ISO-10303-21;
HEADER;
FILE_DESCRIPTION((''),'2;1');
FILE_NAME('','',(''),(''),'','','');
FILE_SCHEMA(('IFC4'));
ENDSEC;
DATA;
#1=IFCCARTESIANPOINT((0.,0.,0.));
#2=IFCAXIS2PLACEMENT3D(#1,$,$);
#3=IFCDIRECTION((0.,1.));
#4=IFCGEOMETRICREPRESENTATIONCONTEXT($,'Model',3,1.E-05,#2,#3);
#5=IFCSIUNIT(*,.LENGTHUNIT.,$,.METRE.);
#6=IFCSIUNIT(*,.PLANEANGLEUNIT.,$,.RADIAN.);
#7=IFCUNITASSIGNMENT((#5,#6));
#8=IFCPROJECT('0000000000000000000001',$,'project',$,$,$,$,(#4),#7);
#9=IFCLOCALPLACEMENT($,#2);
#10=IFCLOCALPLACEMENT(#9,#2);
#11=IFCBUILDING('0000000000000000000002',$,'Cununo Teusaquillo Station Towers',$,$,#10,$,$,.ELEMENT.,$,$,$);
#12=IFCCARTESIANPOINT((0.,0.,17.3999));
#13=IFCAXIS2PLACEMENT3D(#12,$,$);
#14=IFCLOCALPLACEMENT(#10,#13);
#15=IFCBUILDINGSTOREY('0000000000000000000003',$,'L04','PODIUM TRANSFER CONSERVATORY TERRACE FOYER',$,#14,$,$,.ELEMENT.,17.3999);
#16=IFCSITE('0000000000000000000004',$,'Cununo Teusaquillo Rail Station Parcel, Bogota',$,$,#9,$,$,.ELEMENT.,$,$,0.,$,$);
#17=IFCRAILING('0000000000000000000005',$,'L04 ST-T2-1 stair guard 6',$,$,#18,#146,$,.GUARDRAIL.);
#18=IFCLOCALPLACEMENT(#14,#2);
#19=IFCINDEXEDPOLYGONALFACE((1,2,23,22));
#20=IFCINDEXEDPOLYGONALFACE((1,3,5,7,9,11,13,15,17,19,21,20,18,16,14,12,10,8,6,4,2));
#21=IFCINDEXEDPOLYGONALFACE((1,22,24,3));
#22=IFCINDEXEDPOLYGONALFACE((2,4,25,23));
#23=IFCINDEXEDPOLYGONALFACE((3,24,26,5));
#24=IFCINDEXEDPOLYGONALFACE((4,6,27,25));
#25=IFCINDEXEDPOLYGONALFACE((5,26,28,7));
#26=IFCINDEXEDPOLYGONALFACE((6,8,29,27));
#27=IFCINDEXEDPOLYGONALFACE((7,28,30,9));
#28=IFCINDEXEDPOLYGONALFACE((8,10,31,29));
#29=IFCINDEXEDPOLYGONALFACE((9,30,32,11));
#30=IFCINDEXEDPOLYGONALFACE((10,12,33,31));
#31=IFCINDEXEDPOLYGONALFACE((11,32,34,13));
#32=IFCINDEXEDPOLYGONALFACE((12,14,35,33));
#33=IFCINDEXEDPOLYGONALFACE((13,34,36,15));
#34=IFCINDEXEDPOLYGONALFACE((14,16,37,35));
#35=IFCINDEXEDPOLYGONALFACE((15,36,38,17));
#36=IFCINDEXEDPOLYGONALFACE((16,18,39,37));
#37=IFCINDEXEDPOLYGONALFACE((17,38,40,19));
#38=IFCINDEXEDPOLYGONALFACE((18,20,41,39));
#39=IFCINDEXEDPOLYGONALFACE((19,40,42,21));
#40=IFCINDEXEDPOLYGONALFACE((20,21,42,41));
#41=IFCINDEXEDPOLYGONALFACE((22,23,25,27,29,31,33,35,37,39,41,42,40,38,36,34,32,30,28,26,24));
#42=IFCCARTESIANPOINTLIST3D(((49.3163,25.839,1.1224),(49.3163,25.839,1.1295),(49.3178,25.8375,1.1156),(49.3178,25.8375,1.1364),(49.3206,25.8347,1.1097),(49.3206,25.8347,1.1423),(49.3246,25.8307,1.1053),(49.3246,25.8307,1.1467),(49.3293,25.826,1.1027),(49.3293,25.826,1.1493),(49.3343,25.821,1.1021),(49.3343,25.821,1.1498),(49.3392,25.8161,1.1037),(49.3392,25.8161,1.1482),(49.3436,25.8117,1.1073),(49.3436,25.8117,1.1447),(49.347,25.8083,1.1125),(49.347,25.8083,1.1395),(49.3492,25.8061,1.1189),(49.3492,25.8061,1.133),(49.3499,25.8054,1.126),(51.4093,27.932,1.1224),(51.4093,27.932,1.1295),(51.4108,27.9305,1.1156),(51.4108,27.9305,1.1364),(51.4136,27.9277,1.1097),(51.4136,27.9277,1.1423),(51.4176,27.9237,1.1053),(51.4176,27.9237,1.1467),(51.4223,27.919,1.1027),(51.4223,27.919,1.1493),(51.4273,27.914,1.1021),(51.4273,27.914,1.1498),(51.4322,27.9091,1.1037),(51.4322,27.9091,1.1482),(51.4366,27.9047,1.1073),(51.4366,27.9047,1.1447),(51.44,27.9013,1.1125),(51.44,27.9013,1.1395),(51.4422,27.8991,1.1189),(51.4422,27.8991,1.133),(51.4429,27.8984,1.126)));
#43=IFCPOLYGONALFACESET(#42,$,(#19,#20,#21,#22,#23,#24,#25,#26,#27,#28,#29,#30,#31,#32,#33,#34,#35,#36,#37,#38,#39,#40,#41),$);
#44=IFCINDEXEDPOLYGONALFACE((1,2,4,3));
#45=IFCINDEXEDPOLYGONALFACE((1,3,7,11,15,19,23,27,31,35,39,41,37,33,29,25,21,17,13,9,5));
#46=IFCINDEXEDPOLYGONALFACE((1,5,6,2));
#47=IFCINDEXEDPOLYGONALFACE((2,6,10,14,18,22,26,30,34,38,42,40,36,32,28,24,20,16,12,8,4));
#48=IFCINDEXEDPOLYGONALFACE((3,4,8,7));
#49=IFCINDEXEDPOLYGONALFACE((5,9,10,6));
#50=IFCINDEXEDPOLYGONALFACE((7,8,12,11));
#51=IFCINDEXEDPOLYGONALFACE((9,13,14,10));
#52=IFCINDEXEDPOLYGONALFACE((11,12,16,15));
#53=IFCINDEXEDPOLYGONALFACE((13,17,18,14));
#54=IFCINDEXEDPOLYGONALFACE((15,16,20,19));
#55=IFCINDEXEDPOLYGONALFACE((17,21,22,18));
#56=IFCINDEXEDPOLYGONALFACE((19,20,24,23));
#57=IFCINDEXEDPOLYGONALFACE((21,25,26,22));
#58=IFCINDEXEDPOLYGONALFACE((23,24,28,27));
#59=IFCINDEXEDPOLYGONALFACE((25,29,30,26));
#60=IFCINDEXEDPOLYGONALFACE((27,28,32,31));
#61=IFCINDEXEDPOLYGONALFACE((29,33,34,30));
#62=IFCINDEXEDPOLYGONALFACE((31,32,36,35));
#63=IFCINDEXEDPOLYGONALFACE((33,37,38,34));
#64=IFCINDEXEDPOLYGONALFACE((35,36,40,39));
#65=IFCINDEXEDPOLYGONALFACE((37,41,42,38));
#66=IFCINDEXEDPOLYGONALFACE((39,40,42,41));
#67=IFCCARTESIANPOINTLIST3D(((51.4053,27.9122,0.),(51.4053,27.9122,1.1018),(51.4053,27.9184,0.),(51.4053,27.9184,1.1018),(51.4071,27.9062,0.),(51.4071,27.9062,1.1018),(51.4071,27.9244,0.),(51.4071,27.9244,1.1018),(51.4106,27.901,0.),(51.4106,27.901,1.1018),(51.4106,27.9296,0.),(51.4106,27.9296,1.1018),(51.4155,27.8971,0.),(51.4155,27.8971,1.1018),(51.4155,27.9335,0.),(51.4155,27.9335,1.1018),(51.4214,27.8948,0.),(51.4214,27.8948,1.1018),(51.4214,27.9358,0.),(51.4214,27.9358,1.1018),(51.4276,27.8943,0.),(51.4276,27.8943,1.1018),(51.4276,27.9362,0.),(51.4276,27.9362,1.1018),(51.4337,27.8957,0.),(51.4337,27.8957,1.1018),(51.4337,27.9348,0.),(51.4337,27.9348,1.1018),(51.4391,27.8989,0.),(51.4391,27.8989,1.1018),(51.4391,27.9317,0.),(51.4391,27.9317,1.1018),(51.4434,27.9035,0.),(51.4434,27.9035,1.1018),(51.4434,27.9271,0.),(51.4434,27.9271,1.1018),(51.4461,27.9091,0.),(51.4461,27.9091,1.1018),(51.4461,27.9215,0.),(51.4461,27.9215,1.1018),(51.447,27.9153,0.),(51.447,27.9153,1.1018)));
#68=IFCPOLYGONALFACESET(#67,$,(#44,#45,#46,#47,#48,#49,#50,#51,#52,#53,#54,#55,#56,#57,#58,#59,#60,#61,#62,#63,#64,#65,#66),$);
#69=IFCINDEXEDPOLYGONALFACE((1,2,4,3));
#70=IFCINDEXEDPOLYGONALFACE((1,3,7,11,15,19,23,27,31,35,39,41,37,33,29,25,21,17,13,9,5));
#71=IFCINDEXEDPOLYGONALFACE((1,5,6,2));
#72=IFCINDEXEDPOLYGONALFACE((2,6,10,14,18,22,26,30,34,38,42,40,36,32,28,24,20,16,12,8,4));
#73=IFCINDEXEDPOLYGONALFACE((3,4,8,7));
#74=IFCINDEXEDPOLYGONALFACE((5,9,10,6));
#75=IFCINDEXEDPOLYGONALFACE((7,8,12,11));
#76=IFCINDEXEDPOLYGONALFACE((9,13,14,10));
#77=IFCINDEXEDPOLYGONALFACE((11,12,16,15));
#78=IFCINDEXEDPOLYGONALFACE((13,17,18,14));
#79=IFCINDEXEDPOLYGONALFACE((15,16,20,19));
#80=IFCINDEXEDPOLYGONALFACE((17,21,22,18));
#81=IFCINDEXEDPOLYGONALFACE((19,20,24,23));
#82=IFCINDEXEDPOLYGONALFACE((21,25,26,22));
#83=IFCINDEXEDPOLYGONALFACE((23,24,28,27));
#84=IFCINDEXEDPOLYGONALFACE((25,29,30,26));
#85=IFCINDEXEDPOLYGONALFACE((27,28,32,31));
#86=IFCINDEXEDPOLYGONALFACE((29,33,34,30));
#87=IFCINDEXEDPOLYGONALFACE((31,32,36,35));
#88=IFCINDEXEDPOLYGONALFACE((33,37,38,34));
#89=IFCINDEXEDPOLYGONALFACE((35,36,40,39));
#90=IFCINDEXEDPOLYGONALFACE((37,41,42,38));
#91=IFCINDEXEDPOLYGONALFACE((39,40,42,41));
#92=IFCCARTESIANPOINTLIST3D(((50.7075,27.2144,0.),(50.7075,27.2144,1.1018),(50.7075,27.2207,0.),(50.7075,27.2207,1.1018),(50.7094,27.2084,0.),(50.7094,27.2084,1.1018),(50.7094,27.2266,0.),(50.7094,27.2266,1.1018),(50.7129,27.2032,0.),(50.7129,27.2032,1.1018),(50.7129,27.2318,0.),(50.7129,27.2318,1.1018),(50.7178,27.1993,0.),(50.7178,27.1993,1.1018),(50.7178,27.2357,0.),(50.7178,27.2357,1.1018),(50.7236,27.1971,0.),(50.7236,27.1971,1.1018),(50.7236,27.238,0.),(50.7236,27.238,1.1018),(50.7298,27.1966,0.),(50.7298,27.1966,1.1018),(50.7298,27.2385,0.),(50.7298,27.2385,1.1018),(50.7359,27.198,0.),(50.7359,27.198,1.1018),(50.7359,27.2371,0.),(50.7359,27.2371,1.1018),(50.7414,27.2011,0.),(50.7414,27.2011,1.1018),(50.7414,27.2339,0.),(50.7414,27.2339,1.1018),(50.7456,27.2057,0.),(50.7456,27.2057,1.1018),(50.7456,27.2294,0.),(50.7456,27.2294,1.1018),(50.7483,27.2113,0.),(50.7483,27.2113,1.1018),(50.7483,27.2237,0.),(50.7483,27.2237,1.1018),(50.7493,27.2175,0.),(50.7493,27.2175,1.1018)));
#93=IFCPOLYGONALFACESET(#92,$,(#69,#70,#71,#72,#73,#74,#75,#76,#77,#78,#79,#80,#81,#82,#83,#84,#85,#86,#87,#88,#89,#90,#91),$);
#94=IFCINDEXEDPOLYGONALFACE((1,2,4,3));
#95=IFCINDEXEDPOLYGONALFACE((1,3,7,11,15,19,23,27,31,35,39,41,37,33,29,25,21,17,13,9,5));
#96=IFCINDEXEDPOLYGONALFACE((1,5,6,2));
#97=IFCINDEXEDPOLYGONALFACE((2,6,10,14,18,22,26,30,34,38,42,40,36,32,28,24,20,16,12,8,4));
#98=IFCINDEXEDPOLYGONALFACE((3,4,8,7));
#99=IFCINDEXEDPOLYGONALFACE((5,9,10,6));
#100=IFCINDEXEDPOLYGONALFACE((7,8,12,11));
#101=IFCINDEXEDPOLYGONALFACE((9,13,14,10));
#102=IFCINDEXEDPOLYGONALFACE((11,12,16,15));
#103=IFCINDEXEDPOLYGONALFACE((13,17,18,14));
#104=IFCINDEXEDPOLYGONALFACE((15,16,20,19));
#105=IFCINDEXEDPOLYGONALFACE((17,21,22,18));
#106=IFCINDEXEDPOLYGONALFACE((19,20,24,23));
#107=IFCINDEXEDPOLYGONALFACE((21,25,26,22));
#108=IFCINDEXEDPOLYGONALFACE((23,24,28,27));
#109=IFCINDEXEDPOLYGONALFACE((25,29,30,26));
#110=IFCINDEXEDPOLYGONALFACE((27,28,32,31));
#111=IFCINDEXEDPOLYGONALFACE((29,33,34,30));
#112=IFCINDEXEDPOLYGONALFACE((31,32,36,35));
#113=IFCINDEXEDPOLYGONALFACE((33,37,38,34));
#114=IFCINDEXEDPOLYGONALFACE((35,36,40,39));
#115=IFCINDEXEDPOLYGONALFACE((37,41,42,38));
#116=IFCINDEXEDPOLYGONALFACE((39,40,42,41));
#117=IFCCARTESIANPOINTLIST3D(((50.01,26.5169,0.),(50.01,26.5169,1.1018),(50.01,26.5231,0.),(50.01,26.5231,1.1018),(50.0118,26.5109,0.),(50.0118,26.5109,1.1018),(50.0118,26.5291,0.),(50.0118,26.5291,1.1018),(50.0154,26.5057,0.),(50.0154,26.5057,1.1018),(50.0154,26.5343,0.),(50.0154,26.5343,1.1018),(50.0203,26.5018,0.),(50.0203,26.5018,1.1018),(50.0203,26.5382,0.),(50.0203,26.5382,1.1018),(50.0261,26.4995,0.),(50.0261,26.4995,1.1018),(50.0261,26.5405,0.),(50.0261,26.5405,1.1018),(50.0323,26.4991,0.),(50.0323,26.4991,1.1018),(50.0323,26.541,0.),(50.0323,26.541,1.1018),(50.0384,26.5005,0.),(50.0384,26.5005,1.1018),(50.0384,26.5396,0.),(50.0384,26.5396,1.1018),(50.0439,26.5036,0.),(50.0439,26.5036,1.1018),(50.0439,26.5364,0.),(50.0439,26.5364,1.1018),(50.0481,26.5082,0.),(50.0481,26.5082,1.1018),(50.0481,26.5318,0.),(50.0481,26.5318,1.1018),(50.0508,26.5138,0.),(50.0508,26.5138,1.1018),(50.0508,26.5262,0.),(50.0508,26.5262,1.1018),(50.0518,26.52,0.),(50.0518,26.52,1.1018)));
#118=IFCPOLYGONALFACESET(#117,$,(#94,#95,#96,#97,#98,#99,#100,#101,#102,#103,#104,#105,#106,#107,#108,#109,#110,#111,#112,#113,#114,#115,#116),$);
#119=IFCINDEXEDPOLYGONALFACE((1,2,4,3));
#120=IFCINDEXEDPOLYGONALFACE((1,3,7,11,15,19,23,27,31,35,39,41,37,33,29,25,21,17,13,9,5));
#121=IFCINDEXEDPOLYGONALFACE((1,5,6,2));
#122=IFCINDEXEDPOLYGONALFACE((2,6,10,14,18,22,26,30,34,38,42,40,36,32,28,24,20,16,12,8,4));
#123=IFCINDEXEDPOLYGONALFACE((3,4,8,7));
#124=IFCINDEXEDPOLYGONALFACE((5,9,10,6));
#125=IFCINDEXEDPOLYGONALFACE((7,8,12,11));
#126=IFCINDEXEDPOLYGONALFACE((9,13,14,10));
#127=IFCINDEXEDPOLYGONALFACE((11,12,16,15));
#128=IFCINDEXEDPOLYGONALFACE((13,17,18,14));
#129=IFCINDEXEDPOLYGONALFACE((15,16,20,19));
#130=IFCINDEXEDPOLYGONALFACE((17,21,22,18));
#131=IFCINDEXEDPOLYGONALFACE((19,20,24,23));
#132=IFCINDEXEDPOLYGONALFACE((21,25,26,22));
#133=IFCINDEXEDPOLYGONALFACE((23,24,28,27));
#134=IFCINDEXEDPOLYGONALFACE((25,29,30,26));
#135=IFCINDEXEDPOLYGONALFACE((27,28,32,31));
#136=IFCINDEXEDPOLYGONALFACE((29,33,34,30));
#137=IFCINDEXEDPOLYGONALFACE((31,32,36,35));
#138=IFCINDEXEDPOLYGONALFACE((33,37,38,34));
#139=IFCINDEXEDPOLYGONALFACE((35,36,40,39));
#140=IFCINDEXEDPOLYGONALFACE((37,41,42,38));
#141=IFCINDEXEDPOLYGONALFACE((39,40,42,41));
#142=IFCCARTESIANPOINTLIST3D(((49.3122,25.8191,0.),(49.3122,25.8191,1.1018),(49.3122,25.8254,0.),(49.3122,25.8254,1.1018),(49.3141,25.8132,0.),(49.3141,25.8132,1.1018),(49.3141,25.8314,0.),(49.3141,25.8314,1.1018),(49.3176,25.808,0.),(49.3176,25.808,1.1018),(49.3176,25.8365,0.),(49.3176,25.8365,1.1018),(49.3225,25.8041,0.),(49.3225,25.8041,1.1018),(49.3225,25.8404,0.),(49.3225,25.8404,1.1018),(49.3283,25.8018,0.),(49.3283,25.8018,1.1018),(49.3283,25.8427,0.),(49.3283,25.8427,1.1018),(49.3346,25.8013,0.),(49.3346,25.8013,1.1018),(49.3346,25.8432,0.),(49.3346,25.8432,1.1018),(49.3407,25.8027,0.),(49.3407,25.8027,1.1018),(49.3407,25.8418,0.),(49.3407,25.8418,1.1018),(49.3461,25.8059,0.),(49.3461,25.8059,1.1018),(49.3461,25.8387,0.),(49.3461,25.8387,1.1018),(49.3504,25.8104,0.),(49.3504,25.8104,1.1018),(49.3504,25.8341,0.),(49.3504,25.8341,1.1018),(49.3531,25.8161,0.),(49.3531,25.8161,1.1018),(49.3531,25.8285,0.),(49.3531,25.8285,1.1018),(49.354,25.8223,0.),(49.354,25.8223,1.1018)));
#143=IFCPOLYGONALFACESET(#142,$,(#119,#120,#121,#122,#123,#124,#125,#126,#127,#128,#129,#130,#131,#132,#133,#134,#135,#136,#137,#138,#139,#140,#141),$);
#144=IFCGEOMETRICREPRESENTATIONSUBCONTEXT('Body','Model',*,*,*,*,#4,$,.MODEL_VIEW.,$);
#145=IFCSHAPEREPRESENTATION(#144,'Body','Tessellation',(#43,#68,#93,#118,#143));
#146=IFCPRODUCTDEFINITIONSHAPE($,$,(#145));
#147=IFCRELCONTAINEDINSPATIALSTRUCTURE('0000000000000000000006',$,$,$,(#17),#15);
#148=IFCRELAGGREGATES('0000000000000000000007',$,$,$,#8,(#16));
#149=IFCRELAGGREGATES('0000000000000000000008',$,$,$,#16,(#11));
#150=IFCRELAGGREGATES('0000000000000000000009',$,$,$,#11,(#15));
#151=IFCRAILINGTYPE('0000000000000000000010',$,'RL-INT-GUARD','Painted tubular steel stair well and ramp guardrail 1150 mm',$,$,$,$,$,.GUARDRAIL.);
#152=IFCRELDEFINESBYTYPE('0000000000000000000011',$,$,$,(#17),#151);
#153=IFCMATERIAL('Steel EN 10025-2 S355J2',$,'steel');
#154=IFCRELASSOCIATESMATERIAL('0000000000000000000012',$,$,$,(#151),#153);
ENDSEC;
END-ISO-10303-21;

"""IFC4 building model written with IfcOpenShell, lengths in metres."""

from ifc_helpers import new_model, si_unit, direction, frame, origin, origin_2d, place, context, subcontext, project, spatial, circle, extrude, material, type_object, element, save


model = new_model("IFC4")

# Units and contexts
model_context = context("Model", 3, precision=1e-05, world=origin(), true_north=direction((0.0, 1.0)))
body_context = subcontext(model_context, "Body", "Model", "MODEL_VIEW")
ifc_project = project(units=[si_unit("LENGTHUNIT", "METRE"), si_unit("PLANEANGLEUNIT", "RADIAN")], contexts=[model_context])

# Site, building, storey
site_placement = place(None, origin())
site = spatial("IfcSite", under=ifc_project, at=site_placement, Name="Cununo Teusaquillo Rail Station Parcel, Bogota", CompositionType="ELEMENT", RefElevation=0.0)
building_placement = place(site_placement, origin())
building = spatial("IfcBuilding", under=site, at=building_placement, Name="Cununo Teusaquillo Station Towers", CompositionType="ELEMENT")
storey_placement = place(building_placement, frame((0.0, 0.0, 17.3999)))
storey = spatial("IfcBuildingStorey", under=building, at=storey_placement, Name="L04", Description="PODIUM TRANSFER CONSERVATORY TERRACE FOYER", CompositionType="ELEMENT", Elevation=17.3999)

# Railing
ifc_material_1 = material(Name="Steel EN 10025-2 S355J2", Category="steel")
railing_type = type_object("IfcRailingType", Name="RL-INT-GUARD", Description="Painted tubular steel stair well and ramp guardrail 1150 mm", PredefinedType="GUARDRAIL", material=ifc_material_1)
railing_1_placement = place(storey_placement, frame((51.426, 27.9153, 0.0)))
element("IfcRailing", 1, at=railing_1_placement, inside=storey, type_object=railing_type, Name="L04 ST-T2-1 stair guard 6", PredefinedType="GUARDRAIL", context=body_context, shape_type="SweptSolid", body=[
    extrude(circle(Radius=0.0239, at=origin_2d()), frame((0.0, 0.0, 1.126), z_axis=(-0.707107, -0.707107, 0.0), x_axis=(0.707107, -0.707107, 0.0)), (0.0, 0.0, 1.0), 2.96),
    extrude(circle(Radius=0.021, at=origin_2d()), origin(), (0.0, 0.0, 1.0), 1.1018),
    extrude(circle(Radius=0.021, at=origin_2d()), frame((-0.6978, -0.6978, 0.0)), (0.0, 0.0, 1.0), 1.1018),
    extrude(circle(Radius=0.021, at=origin_2d()), frame((-1.3953, -1.3953, 0.0)), (0.0, 0.0, 1.0), 1.1018),
    extrude(circle(Radius=0.021, at=origin_2d()), frame((-2.093, -2.093, 0.0)), (0.0, 0.0, 1.0), 1.1018),
])

save(model, "model.ifc")
